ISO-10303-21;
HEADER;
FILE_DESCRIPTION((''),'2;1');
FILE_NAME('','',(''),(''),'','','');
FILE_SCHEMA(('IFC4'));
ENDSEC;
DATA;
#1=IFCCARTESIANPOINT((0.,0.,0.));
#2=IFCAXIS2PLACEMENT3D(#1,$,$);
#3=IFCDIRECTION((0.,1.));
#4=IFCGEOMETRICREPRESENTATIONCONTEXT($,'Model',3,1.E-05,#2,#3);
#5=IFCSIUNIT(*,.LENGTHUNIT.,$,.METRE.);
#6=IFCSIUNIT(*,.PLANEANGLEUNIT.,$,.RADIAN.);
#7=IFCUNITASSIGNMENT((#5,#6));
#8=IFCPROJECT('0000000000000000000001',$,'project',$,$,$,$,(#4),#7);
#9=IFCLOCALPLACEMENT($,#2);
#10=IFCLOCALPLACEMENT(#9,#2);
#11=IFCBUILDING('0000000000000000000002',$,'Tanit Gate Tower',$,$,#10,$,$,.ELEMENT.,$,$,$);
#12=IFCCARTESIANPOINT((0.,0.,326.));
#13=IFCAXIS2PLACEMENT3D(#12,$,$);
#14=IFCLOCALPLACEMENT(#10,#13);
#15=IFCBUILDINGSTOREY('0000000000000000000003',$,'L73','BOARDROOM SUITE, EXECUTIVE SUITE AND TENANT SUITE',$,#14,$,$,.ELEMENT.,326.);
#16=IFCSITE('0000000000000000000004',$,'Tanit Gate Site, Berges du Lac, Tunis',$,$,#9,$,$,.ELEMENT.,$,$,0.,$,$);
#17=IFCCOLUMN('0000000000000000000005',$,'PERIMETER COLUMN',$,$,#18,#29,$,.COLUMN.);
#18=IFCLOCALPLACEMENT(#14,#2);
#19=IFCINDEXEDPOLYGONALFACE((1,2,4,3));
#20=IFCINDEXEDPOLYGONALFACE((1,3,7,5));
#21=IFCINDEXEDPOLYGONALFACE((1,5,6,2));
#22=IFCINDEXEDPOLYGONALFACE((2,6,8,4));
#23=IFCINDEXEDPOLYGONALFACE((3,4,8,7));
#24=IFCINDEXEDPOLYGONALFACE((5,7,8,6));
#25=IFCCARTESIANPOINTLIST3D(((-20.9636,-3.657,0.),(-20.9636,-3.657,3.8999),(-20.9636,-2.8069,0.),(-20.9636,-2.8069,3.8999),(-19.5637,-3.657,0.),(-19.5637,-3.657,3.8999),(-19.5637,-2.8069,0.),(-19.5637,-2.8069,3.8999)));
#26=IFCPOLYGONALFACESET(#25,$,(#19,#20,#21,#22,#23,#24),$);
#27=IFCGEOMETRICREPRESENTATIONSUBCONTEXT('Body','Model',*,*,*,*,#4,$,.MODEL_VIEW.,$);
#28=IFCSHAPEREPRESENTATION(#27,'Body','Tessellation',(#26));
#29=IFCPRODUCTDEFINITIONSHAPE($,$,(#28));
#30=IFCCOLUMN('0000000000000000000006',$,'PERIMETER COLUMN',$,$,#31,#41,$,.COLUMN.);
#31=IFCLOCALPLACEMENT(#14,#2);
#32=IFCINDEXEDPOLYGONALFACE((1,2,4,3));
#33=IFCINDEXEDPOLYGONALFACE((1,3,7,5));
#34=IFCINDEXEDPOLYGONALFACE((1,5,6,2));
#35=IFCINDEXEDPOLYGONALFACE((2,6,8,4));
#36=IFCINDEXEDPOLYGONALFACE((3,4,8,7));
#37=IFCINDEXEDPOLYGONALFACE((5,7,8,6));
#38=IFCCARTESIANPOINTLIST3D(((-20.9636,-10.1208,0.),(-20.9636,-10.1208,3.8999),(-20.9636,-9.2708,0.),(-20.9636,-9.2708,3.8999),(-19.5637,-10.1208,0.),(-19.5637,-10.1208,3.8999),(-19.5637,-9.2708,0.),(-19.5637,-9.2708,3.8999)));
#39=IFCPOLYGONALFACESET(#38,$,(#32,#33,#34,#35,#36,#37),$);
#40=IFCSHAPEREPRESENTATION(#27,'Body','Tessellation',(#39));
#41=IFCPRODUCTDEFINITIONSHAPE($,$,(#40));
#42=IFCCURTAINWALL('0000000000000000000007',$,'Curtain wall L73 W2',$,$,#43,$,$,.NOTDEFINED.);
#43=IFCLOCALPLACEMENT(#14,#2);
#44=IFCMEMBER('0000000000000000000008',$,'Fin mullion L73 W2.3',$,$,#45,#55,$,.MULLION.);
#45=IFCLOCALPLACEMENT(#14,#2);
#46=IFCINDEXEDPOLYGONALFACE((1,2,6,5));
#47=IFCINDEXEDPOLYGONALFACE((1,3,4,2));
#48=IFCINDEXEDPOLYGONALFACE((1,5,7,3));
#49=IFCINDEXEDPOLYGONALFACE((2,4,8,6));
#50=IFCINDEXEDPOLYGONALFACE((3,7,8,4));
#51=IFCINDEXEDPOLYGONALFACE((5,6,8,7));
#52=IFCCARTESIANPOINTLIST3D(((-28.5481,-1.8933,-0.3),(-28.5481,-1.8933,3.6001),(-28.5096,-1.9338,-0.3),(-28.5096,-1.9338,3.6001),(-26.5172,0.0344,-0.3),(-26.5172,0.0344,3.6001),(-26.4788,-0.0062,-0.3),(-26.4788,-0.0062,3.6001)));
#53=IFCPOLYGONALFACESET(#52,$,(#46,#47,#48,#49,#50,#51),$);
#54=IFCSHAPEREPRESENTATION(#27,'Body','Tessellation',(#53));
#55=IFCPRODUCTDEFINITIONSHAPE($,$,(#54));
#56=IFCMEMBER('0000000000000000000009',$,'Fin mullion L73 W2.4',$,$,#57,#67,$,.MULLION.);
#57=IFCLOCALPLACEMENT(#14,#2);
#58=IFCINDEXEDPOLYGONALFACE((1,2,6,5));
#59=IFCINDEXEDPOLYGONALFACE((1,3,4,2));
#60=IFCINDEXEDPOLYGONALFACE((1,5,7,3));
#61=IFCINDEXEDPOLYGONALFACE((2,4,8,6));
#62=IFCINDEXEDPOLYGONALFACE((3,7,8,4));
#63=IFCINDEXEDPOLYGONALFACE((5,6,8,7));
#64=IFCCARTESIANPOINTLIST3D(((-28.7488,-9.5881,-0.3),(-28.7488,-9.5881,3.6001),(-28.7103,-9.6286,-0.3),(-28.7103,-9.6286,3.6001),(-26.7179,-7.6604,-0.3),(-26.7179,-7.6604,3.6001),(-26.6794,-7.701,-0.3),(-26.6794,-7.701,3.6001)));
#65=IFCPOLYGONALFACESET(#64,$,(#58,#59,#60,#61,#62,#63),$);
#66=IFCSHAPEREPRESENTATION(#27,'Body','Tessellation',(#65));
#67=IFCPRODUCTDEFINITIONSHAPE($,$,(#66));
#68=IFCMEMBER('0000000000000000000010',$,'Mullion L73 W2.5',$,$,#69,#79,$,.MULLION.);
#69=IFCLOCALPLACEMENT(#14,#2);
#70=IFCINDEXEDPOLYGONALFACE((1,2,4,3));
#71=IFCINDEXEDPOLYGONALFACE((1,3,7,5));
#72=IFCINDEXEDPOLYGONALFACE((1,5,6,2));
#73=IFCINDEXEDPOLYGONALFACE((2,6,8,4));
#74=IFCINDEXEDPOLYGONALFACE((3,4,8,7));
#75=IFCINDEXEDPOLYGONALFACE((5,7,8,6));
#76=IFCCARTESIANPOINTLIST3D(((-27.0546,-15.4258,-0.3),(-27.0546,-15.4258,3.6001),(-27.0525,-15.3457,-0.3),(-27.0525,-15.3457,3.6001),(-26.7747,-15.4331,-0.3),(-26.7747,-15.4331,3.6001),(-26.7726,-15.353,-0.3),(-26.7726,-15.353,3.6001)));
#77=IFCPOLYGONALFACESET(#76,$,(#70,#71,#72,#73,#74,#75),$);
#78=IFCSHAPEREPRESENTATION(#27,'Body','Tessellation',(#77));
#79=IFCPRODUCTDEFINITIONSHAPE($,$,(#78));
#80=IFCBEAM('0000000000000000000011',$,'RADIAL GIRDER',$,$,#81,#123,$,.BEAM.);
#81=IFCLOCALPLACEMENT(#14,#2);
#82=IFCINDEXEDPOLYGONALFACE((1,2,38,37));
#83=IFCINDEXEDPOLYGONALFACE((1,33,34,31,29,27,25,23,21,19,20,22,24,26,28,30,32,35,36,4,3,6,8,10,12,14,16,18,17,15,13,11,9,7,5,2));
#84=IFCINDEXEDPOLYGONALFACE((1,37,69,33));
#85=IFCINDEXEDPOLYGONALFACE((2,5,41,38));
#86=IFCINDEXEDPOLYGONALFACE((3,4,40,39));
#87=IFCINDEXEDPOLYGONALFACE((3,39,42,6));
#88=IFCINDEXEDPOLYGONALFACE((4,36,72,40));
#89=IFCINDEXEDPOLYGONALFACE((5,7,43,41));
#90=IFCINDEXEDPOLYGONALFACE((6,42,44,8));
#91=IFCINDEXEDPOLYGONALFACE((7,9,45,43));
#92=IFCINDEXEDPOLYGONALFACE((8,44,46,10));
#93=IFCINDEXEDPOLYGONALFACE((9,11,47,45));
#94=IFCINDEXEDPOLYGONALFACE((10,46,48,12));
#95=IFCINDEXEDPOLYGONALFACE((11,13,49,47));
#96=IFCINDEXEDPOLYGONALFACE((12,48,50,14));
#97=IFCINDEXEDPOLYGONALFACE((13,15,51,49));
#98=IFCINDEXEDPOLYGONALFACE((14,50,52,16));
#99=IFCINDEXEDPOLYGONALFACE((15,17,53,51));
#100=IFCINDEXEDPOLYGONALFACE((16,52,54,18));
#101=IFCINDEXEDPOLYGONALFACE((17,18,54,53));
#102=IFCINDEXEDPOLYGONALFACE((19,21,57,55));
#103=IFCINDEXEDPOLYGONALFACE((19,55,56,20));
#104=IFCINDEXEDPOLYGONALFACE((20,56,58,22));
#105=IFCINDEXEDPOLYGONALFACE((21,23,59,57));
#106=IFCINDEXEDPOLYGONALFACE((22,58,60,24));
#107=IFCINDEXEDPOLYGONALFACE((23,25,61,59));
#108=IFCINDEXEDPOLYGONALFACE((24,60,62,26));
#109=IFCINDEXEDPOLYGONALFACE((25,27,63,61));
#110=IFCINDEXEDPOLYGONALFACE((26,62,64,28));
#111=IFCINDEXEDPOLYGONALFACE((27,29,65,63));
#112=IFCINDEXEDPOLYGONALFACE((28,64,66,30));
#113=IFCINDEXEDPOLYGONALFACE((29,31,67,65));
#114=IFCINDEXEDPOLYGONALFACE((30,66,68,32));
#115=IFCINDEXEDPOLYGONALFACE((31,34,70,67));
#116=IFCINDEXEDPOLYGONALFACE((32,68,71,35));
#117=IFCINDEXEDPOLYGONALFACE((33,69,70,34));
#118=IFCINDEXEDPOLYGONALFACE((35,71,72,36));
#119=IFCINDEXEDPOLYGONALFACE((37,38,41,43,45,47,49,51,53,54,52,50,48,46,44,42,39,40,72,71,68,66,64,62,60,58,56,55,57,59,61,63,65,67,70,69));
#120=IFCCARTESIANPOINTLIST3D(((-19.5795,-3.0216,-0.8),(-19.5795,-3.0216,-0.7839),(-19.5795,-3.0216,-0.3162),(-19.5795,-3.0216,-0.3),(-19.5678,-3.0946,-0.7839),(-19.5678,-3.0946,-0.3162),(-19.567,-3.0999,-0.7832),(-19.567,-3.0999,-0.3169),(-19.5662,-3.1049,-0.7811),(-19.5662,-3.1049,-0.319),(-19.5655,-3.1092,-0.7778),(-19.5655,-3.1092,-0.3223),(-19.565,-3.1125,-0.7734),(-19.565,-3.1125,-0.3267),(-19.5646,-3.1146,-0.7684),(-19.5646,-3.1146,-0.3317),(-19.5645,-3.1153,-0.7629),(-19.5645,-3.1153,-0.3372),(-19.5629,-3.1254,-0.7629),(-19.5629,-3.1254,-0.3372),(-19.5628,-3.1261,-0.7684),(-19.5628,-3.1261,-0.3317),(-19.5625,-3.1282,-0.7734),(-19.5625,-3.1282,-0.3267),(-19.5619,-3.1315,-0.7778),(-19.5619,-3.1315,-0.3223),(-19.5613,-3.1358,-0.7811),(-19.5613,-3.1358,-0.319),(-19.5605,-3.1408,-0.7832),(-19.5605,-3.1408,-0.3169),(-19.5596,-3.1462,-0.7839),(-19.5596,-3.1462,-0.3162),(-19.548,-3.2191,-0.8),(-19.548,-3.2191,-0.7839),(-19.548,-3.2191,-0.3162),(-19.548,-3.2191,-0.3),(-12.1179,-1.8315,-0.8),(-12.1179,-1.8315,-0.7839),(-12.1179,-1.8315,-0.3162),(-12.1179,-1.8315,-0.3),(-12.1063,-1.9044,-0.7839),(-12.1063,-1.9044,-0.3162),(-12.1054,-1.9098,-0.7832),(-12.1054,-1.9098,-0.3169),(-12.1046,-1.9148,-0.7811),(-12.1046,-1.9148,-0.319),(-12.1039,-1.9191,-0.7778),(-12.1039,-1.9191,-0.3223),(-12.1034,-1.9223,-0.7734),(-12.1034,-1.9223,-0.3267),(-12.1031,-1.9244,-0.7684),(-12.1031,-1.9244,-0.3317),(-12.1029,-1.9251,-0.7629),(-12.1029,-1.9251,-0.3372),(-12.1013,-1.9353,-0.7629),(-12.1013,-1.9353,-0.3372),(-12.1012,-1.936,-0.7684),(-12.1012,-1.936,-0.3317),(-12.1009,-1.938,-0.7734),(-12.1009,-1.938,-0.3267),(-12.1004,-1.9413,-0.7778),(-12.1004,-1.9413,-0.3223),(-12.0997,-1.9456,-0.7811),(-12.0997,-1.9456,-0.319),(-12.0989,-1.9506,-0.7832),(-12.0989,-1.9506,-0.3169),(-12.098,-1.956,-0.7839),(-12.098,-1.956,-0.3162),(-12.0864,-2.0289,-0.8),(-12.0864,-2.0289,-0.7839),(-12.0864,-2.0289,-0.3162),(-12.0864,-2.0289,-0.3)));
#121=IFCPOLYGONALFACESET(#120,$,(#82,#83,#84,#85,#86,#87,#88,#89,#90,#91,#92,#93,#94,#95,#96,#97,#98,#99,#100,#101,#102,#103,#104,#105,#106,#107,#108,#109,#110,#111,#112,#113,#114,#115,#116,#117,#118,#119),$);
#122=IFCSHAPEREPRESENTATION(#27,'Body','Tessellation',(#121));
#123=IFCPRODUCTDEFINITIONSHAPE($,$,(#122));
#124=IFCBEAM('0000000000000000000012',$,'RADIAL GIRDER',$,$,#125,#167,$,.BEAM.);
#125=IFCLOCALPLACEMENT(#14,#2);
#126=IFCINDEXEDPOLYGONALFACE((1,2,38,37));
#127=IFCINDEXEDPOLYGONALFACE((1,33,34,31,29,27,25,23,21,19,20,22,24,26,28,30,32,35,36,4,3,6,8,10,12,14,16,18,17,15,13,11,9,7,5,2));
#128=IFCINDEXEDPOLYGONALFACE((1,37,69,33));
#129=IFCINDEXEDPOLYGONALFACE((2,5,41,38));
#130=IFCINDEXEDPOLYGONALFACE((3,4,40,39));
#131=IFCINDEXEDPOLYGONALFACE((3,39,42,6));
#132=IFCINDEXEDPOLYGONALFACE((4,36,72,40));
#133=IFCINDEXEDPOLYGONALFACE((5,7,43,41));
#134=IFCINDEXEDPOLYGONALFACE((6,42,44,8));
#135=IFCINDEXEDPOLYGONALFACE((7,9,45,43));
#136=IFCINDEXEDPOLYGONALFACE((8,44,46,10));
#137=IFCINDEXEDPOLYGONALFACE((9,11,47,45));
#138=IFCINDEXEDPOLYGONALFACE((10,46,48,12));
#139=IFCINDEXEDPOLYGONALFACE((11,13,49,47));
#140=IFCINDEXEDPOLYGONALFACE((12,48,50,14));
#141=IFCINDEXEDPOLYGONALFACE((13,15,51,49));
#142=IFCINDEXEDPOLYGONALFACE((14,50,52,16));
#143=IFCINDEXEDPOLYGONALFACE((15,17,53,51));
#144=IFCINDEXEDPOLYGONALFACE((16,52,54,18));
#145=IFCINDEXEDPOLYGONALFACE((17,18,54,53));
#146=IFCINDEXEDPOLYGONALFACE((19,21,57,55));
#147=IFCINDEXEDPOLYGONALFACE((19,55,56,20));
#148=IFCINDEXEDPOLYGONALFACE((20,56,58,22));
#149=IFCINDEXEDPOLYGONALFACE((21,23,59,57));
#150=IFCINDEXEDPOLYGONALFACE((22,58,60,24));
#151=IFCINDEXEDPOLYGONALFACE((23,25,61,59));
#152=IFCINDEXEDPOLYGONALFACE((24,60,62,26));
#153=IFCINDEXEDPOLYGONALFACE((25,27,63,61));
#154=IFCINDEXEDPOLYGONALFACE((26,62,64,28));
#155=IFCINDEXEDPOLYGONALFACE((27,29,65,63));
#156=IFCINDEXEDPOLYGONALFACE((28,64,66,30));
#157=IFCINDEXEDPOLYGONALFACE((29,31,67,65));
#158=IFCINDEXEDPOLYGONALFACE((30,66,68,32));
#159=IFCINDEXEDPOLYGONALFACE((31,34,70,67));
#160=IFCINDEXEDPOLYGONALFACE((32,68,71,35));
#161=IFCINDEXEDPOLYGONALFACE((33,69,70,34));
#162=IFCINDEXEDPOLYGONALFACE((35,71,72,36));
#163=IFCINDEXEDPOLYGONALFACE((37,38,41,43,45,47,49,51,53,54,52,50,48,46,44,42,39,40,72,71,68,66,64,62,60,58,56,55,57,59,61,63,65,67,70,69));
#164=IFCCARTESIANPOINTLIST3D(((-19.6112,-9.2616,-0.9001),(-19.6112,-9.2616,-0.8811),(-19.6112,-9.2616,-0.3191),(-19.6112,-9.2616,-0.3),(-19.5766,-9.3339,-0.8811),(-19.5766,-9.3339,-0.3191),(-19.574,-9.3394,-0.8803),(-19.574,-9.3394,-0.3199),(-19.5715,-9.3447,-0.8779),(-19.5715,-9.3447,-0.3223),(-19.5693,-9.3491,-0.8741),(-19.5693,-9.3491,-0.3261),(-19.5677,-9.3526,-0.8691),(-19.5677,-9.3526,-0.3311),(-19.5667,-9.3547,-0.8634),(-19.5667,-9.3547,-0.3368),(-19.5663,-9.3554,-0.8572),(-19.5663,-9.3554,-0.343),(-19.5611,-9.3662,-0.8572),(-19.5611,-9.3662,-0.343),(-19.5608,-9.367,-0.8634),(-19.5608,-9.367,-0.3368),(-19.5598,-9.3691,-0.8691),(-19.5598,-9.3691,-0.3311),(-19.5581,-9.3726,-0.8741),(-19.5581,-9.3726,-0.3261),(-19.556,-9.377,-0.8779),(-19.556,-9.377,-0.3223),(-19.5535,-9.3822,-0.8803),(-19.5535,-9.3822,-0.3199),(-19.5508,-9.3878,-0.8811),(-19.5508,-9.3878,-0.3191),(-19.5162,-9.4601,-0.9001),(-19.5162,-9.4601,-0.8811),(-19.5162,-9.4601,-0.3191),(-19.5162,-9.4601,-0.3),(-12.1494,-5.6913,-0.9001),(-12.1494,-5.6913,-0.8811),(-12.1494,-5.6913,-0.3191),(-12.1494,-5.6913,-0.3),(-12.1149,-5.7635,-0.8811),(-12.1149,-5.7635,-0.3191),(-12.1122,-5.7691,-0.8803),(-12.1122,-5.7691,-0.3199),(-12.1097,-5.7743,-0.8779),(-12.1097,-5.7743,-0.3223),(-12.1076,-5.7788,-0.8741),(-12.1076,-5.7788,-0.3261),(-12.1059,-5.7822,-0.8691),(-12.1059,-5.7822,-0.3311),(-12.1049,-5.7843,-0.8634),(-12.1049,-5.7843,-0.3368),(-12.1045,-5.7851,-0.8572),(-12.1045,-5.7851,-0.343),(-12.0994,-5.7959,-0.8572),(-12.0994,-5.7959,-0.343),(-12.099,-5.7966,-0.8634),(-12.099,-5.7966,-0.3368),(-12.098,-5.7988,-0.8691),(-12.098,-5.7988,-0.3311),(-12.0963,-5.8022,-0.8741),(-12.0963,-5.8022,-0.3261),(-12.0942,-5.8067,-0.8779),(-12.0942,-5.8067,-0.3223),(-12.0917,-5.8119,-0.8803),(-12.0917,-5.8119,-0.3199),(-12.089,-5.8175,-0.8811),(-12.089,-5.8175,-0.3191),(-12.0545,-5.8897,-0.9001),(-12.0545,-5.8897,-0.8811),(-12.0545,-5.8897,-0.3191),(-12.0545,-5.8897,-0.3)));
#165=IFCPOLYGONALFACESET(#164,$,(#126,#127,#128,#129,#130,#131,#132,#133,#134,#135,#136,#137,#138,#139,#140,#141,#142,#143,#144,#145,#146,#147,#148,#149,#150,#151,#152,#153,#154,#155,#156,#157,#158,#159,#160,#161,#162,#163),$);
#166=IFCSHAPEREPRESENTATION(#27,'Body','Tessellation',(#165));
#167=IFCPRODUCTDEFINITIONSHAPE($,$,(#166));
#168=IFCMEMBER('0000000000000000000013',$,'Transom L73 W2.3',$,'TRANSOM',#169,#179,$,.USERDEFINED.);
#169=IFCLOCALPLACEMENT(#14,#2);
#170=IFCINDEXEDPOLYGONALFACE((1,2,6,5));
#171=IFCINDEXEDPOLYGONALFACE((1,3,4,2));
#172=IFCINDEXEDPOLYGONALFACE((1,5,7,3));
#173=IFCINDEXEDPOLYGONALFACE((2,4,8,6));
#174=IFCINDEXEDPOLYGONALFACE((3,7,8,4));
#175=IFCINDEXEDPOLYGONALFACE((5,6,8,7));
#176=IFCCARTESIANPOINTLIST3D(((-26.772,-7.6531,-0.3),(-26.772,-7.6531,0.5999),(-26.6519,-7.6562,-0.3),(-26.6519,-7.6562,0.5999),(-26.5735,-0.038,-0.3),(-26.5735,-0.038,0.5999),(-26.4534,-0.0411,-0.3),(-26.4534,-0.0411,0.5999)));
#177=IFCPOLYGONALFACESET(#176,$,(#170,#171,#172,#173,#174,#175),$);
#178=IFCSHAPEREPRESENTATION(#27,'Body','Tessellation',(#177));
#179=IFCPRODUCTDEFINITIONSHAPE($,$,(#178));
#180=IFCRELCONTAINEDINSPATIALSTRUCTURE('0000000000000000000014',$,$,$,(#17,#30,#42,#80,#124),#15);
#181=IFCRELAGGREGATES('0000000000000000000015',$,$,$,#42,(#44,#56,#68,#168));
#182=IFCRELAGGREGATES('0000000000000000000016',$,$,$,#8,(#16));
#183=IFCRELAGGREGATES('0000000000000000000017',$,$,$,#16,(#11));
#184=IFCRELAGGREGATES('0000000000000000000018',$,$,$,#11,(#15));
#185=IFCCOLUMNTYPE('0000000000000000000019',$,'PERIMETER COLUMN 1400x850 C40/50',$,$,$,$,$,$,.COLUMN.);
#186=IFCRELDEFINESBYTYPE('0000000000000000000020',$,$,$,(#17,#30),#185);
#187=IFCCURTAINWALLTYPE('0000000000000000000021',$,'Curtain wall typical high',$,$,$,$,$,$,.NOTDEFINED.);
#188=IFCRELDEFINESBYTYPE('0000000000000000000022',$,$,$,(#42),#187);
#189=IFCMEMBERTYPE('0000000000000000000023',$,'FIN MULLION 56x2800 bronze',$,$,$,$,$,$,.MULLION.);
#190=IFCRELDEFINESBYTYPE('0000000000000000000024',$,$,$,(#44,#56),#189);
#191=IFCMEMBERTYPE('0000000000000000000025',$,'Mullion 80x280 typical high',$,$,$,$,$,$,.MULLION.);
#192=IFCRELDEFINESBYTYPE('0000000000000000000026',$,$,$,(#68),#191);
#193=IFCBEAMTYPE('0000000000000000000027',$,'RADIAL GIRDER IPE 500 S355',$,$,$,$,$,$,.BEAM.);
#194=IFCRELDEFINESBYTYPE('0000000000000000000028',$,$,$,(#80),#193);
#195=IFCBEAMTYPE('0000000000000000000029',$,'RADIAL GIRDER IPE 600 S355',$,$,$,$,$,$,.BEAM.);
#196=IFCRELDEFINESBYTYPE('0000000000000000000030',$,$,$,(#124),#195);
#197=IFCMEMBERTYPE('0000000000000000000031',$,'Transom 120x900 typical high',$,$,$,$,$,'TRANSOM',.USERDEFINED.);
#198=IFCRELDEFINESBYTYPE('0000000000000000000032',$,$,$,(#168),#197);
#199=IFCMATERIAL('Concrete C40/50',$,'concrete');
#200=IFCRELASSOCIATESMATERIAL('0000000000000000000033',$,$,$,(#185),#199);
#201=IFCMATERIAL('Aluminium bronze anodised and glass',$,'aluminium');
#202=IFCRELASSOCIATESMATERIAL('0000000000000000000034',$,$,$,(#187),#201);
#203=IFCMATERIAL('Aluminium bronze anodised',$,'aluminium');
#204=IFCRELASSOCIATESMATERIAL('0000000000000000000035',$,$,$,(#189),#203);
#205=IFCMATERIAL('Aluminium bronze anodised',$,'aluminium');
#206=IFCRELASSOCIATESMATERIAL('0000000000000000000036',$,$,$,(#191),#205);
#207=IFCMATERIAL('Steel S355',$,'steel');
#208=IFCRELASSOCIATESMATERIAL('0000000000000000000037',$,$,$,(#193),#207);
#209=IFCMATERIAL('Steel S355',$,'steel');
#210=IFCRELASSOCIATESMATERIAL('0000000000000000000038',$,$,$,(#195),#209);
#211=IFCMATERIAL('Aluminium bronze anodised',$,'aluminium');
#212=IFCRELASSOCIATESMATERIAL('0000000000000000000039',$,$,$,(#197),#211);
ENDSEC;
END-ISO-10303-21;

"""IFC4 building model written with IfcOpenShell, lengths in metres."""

from ifc_helpers import new_model, si_unit, direction, frame, origin, origin_2d, place, context, subcontext, project, spatial, rectangle, i_section, extrude, material, material_profile, profile_set, type_object, element, aggregate, save


model = new_model("IFC4")

# Units and contexts
model_context = context("Model", 3, precision=1e-05, world=origin(), true_north=direction((0.0, 1.0)))
body_context = subcontext(model_context, "Body", "Model", "MODEL_VIEW")
ifc_project = project(units=[si_unit("LENGTHUNIT", "METRE"), si_unit("PLANEANGLEUNIT", "RADIAN")], contexts=[model_context])

# Site, building, storey
site_placement = place(None, origin())
site = spatial("IfcSite", under=ifc_project, at=site_placement, Name="Tanit Gate Site, Berges du Lac, Tunis", CompositionType="ELEMENT", RefElevation=0.0)
building_placement = place(site_placement, origin())
building = spatial("IfcBuilding", under=site, at=building_placement, Name="Tanit Gate Tower", CompositionType="ELEMENT")
storey_placement = place(building_placement, frame((0.0, 0.0, 326.0)))
storey = spatial("IfcBuildingStorey", under=building, at=storey_placement, Name="L73", Description="BOARDROOM SUITE, EXECUTIVE SUITE AND TENANT SUITE", CompositionType="ELEMENT", Elevation=326.0)

# Columns
ifc_material_1 = material(Name="Concrete C40/50", Category="concrete")
ifc_material_profile_1 = material_profile(ifc_material_1, rectangle(XDim=1.3999, YDim=0.8501, at=origin_2d()), Name="RC 1400x850")
ifc_profile_set_1 = profile_set([ifc_material_profile_1], Name="Concrete C40/50")
column_type = type_object("IfcColumnType", Name="PERIMETER COLUMN 1400x850 C40/50", PredefinedType="COLUMN", material=ifc_profile_set_1)
for number, where, z_axis, x_axis, name in (
    (1, (-20.2637, -3.2319, 0.0), (0.0, 0.0, 1.0), (-1.0, 0.0, 0.0), "PERIMETER COLUMN"),
    (2, (-20.2637, -9.6958, 0.0), (0.0, 0.0, 1.0), (-1.0, 0.0, 0.0), "PERIMETER COLUMN"),
):
    element("IfcColumn", number, at=place(storey_placement, frame(where, z_axis=z_axis, x_axis=x_axis)), inside=storey, type_object=column_type, Name=name, PredefinedType="COLUMN", context=body_context, shape_type="SweptSolid", body=[
        extrude(rectangle(XDim=1.3999, YDim=0.8501, at=origin_2d()), origin(), (0.0, 0.0, 1.0), 3.8999),
    ])

# Curtain wall, members
ifc_material_2 = material(Name="Aluminium bronze anodised and glass", Category="aluminium")
curtain_wall_type = type_object("IfcCurtainWallType", Name="Curtain wall typical high", PredefinedType="NOTDEFINED", material=ifc_material_2)
curtain_wall_placement = place(storey_placement, origin())
curtain_wall = element("IfcCurtainWall", 3, at=curtain_wall_placement, inside=storey, type_object=curtain_wall_type, Name="Curtain wall L73 W2", PredefinedType="NOTDEFINED")
ifc_material_3 = material(Name="Aluminium bronze anodised", Category="aluminium")
ifc_material_profile_2 = material_profile(ifc_material_3, rectangle(XDim=2.8, YDim=0.0559, at=origin_2d()), Name="56x2800 bronze fin mullion")
ifc_profile_set_2 = profile_set([ifc_material_profile_2], Name="Aluminium bronze anodised")
member_type_1 = type_object("IfcMemberType", Name="FIN MULLION 56x2800 bronze", PredefinedType="MULLION", material=ifc_profile_set_2)
member_1_placement = place(storey_placement, frame((-27.5134, -0.9497, -0.3), z_axis=(0.0, 0.0, 1.0), x_axis=(0.725296, 0.688438, 0.0)))
member_1 = element("IfcMember", 4, at=member_1_placement, type_object=member_type_1, Name="Fin mullion L73 W2.3", PredefinedType="MULLION", context=body_context, shape_type="SweptSolid", body=[
    extrude(rectangle(XDim=2.8, YDim=0.0559, at=origin_2d()), origin(), (0.0, 0.0, 1.0), 3.9001),
])
member_2_placement = place(storey_placement, frame((-27.7141, -8.6445, -0.3), z_axis=(0.0, 0.0, 1.0), x_axis=(0.725296, 0.688438, 0.0)))
member_2 = element("IfcMember", 5, at=member_2_placement, type_object=member_type_1, Name="Fin mullion L73 W2.4", PredefinedType="MULLION", context=body_context, shape_type="SweptSolid", body=[
    extrude(rectangle(XDim=2.8, YDim=0.0559, at=origin_2d()), origin(), (0.0, 0.0, 1.0), 3.9001),
])
ifc_material_4 = material(Name="Aluminium bronze anodised", Category="aluminium")
ifc_material_profile_3 = material_profile(ifc_material_4, rectangle(XDim=0.28, YDim=0.0801, at=origin_2d()), Name="80x280 bronze mullion")
ifc_profile_set_3 = profile_set([ifc_material_profile_3], Name="Aluminium bronze anodised")
member_type_2 = type_object("IfcMemberType", Name="Mullion 80x280 typical high", PredefinedType="MULLION", material=ifc_profile_set_3)
member_3_placement = place(storey_placement, frame((-26.9136, -15.3894, -0.3), z_axis=(0.0, 0.0, 1.0), x_axis=(0.99966, -0.026063, 0.0)))
member_3 = element("IfcMember", 6, at=member_3_placement, type_object=member_type_2, Name="Mullion L73 W2.5", PredefinedType="MULLION", context=body_context, shape_type="SweptSolid", body=[
    extrude(rectangle(XDim=0.28, YDim=0.0801, at=origin_2d()), origin(), (0.0, 0.0, 1.0), 3.9001),
])

# Beams
ifc_material_5 = material(Name="Steel S355", Category="steel")
ifc_material_profile_4 = material_profile(ifc_material_5, i_section(OverallWidth=0.2, OverallDepth=0.5, WebThickness=0.0103, FlangeThickness=0.0161, FilletRadius=0.021, at=origin_2d()), Name="IPE 500")
ifc_profile_set_4 = profile_set([ifc_material_profile_4], Name="Steel S355")
beam_type_1 = type_object("IfcBeamType", Name="RADIAL GIRDER IPE 500 S355", PredefinedType="BEAM", material=ifc_profile_set_4)
beam_1_placement = place(storey_placement, frame((-19.5637, -3.1204, -0.55), z_axis=(0.987517, 0.157515, 0.0), x_axis=(-0.157515, 0.987517, 0.0)))
element("IfcBeam", 7, at=beam_1_placement, inside=storey, type_object=beam_type_1, Name="RADIAL GIRDER", PredefinedType="BEAM", context=body_context, shape_type="SweptSolid", body=[
    extrude(i_section(OverallWidth=0.2, OverallDepth=0.5, WebThickness=0.0103, FlangeThickness=0.0161, FilletRadius=0.021, at=origin_2d()), origin(), (0.0, 0.0, 1.0), 7.5559),
])
ifc_material_6 = material(Name="Steel S355", Category="steel")
ifc_material_profile_5 = material_profile(ifc_material_6, i_section(OverallWidth=0.22, OverallDepth=0.6001, WebThickness=0.012, FlangeThickness=0.019, FilletRadius=0.0239, at=origin_2d()), Name="IPE 600")
ifc_profile_set_5 = profile_set([ifc_material_profile_5], Name="Steel S355")
beam_type_2 = type_object("IfcBeamType", Name="RADIAL GIRDER IPE 600 S355", PredefinedType="BEAM", material=ifc_profile_set_5)
beam_2_placement = place(storey_placement, frame((-19.5637, -9.3608, -0.6001), z_axis=(0.902055, 0.431622, 0.0), x_axis=(-0.431622, 0.902055, 0.0)))
element("IfcBeam", 8, at=beam_2_placement, inside=storey, type_object=beam_type_2, Name="RADIAL GIRDER", PredefinedType="BEAM", context=body_context, shape_type="SweptSolid", body=[
    extrude(i_section(OverallWidth=0.22, OverallDepth=0.6001, WebThickness=0.012, FlangeThickness=0.019, FilletRadius=0.0239, at=origin_2d()), origin(), (0.0, 0.0, 1.0), 8.272),
])

# Member
ifc_material_7 = material(Name="Aluminium bronze anodised", Category="aluminium")
ifc_material_profile_6 = material_profile(ifc_material_7, rectangle(XDim=0.1201, YDim=0.8999, at=origin_2d()), Name="120x900 bronze transom")
ifc_profile_set_6 = profile_set([ifc_material_profile_6], Name="Aluminium bronze anodised")
member_type_3 = type_object("IfcMemberType", Name="Transom 120x900 typical high", ElementType="TRANSOM", PredefinedType="USERDEFINED", material=ifc_profile_set_6)
member_4_placement = place(storey_placement, frame((-26.5134, -0.0396, 0.1499), z_axis=(-0.026056, -0.99966, 0.0), x_axis=(0.99966, -0.026056, 0.0)))
member_4 = element("IfcMember", 9, at=member_4_placement, type_object=member_type_3, Name="Transom L73 W2.3", ObjectType="TRANSOM", PredefinedType="USERDEFINED", context=body_context, shape_type="SweptSolid", body=[
    extrude(rectangle(XDim=0.1201, YDim=0.8999, at=origin_2d()), origin(), (0.0, 0.0, 1.0), 7.6177),
])

aggregate(curtain_wall, [member_1, member_2, member_3, member_4])

save(model, "model.ifc")
